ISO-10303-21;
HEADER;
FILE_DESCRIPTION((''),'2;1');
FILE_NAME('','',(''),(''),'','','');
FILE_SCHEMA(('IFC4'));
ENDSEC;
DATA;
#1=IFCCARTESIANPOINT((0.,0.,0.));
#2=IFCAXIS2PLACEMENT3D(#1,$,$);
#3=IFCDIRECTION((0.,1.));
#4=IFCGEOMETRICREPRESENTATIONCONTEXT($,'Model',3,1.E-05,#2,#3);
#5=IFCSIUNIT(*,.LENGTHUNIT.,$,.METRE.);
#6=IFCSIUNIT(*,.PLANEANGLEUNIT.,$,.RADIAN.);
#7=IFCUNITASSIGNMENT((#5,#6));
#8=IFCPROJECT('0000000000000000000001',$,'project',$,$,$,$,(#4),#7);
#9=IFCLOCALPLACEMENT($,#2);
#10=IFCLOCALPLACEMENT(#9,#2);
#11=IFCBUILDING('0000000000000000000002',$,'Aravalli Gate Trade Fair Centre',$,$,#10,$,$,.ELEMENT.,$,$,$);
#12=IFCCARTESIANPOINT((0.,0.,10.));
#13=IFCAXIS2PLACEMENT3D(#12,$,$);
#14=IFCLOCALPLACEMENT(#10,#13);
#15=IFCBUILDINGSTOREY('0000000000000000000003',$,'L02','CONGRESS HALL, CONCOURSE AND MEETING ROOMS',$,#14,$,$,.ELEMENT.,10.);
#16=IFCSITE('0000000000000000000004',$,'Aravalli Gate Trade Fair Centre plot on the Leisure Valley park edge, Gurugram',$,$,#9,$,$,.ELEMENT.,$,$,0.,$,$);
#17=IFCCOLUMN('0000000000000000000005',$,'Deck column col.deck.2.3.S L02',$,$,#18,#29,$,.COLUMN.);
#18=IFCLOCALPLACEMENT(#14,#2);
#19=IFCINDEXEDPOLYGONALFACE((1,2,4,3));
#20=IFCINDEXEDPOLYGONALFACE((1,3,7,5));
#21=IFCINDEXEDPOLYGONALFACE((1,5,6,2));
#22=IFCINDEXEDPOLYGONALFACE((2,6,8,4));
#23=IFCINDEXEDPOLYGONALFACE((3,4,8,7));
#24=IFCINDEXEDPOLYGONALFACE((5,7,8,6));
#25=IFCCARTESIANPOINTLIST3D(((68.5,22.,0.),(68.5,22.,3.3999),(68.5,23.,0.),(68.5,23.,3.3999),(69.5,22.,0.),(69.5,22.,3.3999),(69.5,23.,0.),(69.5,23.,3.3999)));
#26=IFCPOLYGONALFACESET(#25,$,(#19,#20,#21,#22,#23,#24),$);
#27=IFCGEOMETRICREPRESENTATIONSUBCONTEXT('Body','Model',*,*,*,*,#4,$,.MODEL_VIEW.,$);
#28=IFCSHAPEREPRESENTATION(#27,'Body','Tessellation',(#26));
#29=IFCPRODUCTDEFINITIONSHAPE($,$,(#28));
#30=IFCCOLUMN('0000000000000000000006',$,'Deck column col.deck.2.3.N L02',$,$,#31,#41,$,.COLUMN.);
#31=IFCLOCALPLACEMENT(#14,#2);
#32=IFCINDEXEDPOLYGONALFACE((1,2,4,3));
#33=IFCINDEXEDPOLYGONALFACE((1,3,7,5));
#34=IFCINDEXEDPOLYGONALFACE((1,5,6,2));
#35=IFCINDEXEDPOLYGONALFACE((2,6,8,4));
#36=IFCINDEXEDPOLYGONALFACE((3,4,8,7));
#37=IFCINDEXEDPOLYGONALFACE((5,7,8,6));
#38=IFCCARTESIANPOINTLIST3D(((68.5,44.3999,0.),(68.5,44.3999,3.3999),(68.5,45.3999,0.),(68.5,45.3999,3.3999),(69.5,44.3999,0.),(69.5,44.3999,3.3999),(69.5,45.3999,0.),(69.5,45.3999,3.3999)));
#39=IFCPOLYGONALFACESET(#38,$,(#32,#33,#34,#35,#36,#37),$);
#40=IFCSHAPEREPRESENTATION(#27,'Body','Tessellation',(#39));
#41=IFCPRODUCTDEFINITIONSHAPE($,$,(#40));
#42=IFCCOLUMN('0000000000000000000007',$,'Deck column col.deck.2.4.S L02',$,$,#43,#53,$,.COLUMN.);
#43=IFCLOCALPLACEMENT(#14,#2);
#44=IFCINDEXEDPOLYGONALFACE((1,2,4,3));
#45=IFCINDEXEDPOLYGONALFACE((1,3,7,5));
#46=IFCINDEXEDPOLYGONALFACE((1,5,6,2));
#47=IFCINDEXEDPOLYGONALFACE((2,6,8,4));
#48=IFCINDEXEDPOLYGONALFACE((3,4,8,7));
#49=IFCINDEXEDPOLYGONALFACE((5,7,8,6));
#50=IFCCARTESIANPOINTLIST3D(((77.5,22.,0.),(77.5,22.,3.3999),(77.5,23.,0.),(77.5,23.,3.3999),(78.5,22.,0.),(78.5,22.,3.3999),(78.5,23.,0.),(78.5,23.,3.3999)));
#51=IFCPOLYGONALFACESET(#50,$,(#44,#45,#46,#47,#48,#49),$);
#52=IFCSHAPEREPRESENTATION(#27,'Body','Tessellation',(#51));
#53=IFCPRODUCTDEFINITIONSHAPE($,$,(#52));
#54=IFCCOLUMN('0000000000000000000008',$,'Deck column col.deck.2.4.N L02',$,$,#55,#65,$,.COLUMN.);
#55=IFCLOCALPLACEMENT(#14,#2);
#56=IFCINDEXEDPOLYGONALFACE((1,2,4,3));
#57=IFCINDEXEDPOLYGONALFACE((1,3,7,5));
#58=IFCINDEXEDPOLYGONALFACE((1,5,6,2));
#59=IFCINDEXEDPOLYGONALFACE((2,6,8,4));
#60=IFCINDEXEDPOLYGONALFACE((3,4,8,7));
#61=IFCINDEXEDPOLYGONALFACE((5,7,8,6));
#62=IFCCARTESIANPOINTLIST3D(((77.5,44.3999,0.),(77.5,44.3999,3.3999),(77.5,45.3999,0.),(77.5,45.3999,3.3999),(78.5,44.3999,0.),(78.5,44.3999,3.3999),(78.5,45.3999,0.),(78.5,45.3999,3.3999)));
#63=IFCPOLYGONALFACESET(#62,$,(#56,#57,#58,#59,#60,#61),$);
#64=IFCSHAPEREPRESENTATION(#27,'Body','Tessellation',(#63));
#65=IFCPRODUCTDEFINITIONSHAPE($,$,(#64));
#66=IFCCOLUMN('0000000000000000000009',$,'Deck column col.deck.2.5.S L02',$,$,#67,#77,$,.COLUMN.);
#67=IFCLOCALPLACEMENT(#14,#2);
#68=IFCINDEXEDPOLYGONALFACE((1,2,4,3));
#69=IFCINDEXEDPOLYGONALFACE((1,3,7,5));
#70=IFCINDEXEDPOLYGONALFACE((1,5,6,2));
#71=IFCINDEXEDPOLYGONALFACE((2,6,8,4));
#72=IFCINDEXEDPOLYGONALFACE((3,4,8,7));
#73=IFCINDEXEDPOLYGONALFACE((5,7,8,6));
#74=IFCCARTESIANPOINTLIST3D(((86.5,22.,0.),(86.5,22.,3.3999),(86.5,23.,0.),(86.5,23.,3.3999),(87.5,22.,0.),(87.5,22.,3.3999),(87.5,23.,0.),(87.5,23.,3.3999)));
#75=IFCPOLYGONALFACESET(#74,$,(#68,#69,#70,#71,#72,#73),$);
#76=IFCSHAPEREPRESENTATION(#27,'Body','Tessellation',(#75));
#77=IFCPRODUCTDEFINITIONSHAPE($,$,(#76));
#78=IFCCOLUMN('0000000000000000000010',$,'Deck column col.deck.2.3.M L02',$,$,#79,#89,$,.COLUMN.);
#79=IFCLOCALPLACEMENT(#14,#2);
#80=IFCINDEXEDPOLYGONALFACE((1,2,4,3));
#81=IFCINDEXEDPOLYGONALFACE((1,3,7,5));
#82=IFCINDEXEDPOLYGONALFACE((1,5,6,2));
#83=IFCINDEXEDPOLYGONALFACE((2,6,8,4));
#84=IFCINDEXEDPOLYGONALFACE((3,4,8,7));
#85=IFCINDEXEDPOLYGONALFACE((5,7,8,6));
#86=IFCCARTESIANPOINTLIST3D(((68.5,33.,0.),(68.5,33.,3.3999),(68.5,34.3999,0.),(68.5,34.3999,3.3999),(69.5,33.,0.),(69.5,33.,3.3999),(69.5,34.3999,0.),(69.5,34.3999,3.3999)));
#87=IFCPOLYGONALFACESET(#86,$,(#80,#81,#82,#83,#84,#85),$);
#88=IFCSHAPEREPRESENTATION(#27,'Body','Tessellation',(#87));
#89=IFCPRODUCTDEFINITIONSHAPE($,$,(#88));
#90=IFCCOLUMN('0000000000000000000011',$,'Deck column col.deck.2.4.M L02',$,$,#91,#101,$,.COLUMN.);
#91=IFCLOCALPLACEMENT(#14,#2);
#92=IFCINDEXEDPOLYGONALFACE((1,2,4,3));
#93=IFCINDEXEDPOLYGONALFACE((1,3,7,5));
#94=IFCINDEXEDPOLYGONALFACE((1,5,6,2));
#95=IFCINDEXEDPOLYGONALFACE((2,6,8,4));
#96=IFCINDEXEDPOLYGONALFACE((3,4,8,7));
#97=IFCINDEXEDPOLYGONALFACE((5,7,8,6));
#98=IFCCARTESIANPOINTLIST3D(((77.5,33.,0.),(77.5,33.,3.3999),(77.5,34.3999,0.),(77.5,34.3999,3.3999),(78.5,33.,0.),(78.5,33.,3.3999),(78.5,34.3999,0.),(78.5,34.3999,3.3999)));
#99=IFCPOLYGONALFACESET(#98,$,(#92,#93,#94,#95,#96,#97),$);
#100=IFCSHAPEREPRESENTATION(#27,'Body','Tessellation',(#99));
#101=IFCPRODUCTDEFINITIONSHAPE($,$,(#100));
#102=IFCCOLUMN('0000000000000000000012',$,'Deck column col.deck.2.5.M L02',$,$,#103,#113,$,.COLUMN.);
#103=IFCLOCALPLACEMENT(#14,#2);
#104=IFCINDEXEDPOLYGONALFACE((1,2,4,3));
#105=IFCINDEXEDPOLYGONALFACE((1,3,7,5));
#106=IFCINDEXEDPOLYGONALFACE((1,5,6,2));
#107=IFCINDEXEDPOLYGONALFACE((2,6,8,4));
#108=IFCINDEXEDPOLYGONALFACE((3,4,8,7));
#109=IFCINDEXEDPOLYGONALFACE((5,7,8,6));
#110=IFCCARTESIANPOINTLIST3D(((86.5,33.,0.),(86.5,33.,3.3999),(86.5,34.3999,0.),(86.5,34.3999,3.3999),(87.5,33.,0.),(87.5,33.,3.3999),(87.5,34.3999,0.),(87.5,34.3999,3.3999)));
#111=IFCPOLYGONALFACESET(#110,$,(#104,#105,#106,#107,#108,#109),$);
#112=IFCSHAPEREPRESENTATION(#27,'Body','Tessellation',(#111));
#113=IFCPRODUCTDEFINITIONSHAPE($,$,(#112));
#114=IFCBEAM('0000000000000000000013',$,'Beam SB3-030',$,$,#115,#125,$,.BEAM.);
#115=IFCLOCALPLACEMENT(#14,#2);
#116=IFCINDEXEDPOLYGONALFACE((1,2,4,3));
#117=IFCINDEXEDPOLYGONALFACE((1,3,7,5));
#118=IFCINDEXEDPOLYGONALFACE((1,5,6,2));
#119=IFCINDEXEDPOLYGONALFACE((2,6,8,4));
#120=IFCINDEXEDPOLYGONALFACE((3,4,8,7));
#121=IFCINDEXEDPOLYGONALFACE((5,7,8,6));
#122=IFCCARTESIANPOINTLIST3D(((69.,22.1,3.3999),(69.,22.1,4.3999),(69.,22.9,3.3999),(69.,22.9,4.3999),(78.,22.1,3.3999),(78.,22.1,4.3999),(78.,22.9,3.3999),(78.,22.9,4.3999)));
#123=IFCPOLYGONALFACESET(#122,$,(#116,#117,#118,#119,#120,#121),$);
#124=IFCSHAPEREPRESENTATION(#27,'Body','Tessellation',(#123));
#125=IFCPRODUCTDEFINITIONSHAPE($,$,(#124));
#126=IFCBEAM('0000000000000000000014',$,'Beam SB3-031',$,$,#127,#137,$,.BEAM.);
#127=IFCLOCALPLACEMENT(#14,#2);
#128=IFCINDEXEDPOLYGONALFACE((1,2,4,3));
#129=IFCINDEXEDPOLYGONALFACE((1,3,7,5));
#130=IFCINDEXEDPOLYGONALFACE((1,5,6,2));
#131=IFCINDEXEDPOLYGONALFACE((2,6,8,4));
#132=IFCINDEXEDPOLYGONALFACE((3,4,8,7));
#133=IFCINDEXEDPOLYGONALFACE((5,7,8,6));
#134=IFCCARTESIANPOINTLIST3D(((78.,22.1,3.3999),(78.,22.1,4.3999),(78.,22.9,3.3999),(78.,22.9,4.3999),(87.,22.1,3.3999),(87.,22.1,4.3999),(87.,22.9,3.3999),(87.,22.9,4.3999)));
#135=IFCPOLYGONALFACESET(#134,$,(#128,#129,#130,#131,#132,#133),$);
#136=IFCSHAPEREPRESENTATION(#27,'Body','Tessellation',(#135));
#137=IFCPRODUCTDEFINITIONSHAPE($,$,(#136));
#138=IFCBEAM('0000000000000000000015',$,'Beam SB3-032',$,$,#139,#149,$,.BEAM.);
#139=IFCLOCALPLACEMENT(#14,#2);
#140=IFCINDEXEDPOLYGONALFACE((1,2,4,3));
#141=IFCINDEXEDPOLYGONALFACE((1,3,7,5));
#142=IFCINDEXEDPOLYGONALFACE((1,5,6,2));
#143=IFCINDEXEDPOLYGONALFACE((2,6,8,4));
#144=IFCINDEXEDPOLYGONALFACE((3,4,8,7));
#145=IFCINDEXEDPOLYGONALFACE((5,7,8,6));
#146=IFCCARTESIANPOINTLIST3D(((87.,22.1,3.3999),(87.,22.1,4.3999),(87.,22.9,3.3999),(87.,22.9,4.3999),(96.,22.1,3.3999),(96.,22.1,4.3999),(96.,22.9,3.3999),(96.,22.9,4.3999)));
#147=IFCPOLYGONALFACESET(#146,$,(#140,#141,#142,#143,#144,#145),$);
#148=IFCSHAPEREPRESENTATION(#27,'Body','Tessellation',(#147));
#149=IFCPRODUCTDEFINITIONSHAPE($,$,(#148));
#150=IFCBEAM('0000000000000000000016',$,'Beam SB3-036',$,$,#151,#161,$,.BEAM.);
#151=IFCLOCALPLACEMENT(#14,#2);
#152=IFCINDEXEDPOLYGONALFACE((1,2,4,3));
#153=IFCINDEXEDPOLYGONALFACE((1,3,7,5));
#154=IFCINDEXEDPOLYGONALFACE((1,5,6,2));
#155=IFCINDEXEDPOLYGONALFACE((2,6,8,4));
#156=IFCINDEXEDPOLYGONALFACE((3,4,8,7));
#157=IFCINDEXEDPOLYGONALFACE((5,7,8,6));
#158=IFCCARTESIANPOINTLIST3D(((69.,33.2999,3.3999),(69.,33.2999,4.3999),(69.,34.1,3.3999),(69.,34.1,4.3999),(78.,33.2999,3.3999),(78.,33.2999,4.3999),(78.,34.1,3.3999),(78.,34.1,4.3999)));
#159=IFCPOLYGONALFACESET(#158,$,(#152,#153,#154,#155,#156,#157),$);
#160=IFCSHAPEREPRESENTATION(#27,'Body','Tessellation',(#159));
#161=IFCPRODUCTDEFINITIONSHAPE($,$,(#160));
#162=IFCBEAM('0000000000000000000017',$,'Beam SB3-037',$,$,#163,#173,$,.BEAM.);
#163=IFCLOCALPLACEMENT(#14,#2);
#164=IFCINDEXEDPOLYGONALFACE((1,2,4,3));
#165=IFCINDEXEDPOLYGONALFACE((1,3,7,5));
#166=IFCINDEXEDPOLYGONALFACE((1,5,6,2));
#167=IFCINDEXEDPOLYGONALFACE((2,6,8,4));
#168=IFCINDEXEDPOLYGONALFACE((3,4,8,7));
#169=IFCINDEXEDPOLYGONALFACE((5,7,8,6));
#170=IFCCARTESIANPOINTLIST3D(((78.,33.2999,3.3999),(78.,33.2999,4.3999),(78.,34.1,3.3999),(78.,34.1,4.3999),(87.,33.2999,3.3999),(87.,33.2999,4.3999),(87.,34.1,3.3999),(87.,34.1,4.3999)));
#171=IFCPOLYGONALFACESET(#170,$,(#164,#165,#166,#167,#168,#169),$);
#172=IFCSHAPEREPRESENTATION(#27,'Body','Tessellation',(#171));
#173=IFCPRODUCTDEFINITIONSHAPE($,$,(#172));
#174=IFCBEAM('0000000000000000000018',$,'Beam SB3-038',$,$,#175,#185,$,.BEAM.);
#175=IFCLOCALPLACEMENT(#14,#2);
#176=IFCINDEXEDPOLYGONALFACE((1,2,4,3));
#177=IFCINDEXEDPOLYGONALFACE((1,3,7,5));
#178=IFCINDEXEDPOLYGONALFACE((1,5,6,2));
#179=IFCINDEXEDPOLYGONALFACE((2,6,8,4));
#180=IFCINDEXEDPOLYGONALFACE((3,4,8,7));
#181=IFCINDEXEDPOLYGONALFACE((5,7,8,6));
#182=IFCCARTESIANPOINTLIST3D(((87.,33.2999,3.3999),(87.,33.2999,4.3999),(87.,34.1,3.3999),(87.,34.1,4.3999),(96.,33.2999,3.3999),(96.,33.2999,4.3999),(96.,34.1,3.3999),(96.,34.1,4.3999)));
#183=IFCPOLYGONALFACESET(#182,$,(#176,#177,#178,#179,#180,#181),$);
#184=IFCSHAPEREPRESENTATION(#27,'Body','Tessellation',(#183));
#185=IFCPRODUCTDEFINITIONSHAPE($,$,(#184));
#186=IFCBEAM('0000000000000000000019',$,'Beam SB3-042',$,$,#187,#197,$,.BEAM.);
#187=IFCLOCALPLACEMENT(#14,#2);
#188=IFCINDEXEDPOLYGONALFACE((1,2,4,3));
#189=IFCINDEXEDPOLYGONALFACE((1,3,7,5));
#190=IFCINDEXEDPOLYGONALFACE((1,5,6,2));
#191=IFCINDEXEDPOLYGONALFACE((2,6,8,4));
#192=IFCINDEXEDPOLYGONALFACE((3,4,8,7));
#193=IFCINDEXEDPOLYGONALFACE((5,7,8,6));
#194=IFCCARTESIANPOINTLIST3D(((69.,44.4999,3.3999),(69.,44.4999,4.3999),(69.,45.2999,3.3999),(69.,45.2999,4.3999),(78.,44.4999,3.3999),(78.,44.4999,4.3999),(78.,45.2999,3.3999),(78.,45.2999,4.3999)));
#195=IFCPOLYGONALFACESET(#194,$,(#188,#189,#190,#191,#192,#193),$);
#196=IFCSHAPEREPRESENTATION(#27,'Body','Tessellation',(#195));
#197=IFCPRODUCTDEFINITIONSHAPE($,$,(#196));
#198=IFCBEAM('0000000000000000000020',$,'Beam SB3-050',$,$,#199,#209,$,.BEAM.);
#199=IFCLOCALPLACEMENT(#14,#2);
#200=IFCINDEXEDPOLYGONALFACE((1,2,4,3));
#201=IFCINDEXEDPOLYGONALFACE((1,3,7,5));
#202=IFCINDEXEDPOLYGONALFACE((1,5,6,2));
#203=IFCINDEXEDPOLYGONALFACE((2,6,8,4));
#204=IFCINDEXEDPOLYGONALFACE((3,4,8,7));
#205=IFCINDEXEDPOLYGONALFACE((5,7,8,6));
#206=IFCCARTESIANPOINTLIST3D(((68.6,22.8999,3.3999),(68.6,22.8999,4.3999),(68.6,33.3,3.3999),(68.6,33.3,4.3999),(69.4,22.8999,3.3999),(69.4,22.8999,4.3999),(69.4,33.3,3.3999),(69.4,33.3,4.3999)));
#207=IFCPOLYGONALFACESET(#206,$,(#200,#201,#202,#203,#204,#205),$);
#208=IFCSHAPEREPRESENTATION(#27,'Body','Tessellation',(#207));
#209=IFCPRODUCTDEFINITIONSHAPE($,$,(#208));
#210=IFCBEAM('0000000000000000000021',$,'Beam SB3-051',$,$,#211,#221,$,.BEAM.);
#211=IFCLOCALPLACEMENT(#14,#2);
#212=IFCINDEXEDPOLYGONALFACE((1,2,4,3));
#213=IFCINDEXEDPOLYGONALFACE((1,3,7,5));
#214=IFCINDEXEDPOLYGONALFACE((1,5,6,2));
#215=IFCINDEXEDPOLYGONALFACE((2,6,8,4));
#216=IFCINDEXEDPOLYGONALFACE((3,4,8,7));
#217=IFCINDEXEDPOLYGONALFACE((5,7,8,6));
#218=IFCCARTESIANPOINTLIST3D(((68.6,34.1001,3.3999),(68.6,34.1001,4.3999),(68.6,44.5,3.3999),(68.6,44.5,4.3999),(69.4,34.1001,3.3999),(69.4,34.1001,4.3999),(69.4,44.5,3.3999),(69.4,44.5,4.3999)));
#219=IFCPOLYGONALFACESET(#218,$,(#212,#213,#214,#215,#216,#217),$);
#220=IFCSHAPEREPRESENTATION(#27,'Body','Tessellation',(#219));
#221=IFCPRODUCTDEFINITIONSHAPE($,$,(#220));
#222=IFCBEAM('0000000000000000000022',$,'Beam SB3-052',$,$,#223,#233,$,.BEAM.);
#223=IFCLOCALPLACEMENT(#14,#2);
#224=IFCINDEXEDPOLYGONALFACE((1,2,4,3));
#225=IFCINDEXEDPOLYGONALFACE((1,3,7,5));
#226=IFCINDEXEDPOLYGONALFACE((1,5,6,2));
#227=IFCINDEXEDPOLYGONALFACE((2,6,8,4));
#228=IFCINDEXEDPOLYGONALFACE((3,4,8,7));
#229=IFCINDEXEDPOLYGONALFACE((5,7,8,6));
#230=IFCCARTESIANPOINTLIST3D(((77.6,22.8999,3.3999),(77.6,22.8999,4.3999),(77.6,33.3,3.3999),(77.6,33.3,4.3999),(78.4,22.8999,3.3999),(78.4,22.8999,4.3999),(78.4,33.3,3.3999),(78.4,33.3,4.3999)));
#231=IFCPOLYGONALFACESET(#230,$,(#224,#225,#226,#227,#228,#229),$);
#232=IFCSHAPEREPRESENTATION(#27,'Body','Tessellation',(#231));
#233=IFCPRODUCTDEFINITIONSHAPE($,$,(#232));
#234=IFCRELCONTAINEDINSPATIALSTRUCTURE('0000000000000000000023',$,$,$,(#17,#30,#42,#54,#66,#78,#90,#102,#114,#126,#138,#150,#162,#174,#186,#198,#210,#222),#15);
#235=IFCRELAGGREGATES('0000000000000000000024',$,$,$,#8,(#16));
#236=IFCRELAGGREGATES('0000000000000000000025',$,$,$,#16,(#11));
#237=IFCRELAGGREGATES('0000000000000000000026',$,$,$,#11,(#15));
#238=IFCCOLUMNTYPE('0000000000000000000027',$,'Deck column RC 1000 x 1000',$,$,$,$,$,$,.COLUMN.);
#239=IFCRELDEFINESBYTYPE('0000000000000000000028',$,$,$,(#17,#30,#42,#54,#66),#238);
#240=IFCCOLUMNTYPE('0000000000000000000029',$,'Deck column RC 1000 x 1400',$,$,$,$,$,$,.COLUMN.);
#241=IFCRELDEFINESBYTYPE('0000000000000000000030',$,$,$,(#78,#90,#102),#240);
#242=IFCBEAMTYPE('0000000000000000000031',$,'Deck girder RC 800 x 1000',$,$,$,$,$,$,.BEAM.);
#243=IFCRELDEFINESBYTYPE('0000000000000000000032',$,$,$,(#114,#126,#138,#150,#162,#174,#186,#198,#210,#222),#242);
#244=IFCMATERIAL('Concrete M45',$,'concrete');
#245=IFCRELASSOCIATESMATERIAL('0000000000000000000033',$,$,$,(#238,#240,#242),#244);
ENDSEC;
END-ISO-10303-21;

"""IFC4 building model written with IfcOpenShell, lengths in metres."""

from ifc_helpers import new_model, si_unit, direction, frame, origin, origin_2d, place, context, subcontext, project, spatial, rectangle, extrude, material, material_profile, profile_set, type_object, element, save


model = new_model("IFC4")

# Units and contexts
model_context = context("Model", 3, precision=1e-05, world=origin(), true_north=direction((0.0, 1.0)))
body_context = subcontext(model_context, "Body", "Model", "MODEL_VIEW")
ifc_project = project(units=[si_unit("LENGTHUNIT", "METRE"), si_unit("PLANEANGLEUNIT", "RADIAN")], contexts=[model_context])

# Site, building, storey
site_placement = place(None, origin())
site = spatial("IfcSite", under=ifc_project, at=site_placement, Name="Aravalli Gate Trade Fair Centre plot on the Leisure Valley park edge, Gurugram", CompositionType="ELEMENT", RefElevation=0.0)
building_placement = place(site_placement, origin())
building = spatial("IfcBuilding", under=site, at=building_placement, Name="Aravalli Gate Trade Fair Centre", CompositionType="ELEMENT")
storey_placement = place(building_placement, frame((0.0, 0.0, 10.0)))
storey = spatial("IfcBuildingStorey", under=building, at=storey_placement, Name="L02", Description="CONGRESS HALL, CONCOURSE AND MEETING ROOMS", CompositionType="ELEMENT", Elevation=10.0)

# Columns
ifc_material = material(Name="Concrete M45", Category="concrete")
ifc_material_profile_1 = material_profile(ifc_material, rectangle(XDim=1.0, YDim=1.0, at=origin_2d()), Name="Deck column RC 1000 x 1000")
ifc_profile_set_1 = profile_set([ifc_material_profile_1], Name="Concrete M45")
column_type_1 = type_object("IfcColumnType", Name="Deck column RC 1000 x 1000", PredefinedType="COLUMN", material=ifc_profile_set_1)
for number, where, z_axis, x_axis, name in (
    (1, (69.0, 22.5, 0.0), (0.0, 0.0, 1.0), (1.0, 0.0, 0.0), "Deck column col.deck.2.3.S L02"),
    (2, (69.0, 44.8999, 0.0), (0.0, 0.0, 1.0), (1.0, 0.0, 0.0), "Deck column col.deck.2.3.N L02"),
    (3, (78.0, 22.5, 0.0), (0.0, 0.0, 1.0), (1.0, 0.0, 0.0), "Deck column col.deck.2.4.S L02"),
    (4, (78.0, 44.8999, 0.0), (0.0, 0.0, 1.0), (1.0, 0.0, 0.0), "Deck column col.deck.2.4.N L02"),
    (5, (87.0, 22.5, 0.0), (0.0, 0.0, 1.0), (1.0, 0.0, 0.0), "Deck column col.deck.2.5.S L02"),
):
    element("IfcColumn", number, at=place(storey_placement, frame(where, z_axis=z_axis, x_axis=x_axis)), inside=storey, type_object=column_type_1, Name=name, PredefinedType="COLUMN", context=body_context, shape_type="SweptSolid", body=[
        extrude(rectangle(XDim=1.0, YDim=1.0, at=origin_2d()), origin(), (0.0, 0.0, 1.0), 3.3999),
    ])
ifc_material_profile_2 = material_profile(ifc_material, rectangle(XDim=1.0, YDim=1.3999, at=origin_2d()), Name="Deck column RC 1000 x 1400")
ifc_profile_set_2 = profile_set([ifc_material_profile_2], Name="Concrete M45")
column_type_2 = type_object("IfcColumnType", Name="Deck column RC 1000 x 1400", PredefinedType="COLUMN", material=ifc_profile_set_2)
for number, where, z_axis, x_axis, name in (
    (6, (69.0, 33.7, 0.0), (0.0, 0.0, 1.0), (1.0, 0.0, 0.0), "Deck column col.deck.2.3.M L02"),
    (7, (78.0, 33.7, 0.0), (0.0, 0.0, 1.0), (1.0, 0.0, 0.0), "Deck column col.deck.2.4.M L02"),
    (8, (87.0, 33.7, 0.0), (0.0, 0.0, 1.0), (1.0, 0.0, 0.0), "Deck column col.deck.2.5.M L02"),
):
    element("IfcColumn", number, at=place(storey_placement, frame(where, z_axis=z_axis, x_axis=x_axis)), inside=storey, type_object=column_type_2, Name=name, PredefinedType="COLUMN", context=body_context, shape_type="SweptSolid", body=[
        extrude(rectangle(XDim=1.0, YDim=1.3999, at=origin_2d()), origin(), (0.0, 0.0, 1.0), 3.3999),
    ])

# Beams
ifc_material_profile_3 = material_profile(ifc_material, rectangle(XDim=0.8, YDim=1.0, at=origin_2d()), Name="Deck girder RC 800 x 1000")
ifc_profile_set_3 = profile_set([ifc_material_profile_3], Name="Concrete M45")
beam_type_1 = type_object("IfcBeamType", Name="Deck girder RC 800 x 1000", PredefinedType="BEAM", material=ifc_profile_set_3)
for number, where, z_axis, x_axis, name in (
    (9, (69.0, 22.5, 3.8999), (1.0, 0.0, 0.0), (0.0, 1.0, 0.0), "Beam SB3-030"),
    (10, (78.0, 22.5, 3.8999), (1.0, 0.0, 0.0), (0.0, 1.0, 0.0), "Beam SB3-031"),
    (11, (87.0, 22.5, 3.8999), (1.0, 0.0, 0.0), (0.0, 1.0, 0.0), "Beam SB3-032"),
    (12, (69.0, 33.7, 3.8999), (1.0, 0.0, 0.0), (0.0, 1.0, 0.0), "Beam SB3-036"),
    (13, (78.0, 33.7, 3.8999), (1.0, 0.0, 0.0), (0.0, 1.0, 0.0), "Beam SB3-037"),
    (14, (87.0, 33.7, 3.8999), (1.0, 0.0, 0.0), (0.0, 1.0, 0.0), "Beam SB3-038"),
    (15, (69.0, 44.8999, 3.8999), (1.0, 0.0, 0.0), (0.0, 1.0, 0.0), "Beam SB3-042"),
):
    element("IfcBeam", number, at=place(storey_placement, frame(where, z_axis=z_axis, x_axis=x_axis)), inside=storey, type_object=beam_type_1, Name=name, PredefinedType="BEAM", context=body_context, shape_type="SweptSolid", body=[
        extrude(rectangle(XDim=0.8, YDim=1.0, at=origin_2d()), origin(), (0.0, 0.0, 1.0), 9.0),
    ])
beam_1_placement = place(storey_placement, frame((69.0, 22.8999, 3.8999), z_axis=(0.0, 1.0, 0.0), x_axis=(-1.0, 0.0, 0.0)))
element("IfcBeam", 16, at=beam_1_placement, inside=storey, type_object=beam_type_1, Name="Beam SB3-050", PredefinedType="BEAM", context=body_context, shape_type="SweptSolid", body=[
    extrude(rectangle(XDim=0.8, YDim=1.0, at=origin_2d()), origin(), (0.0, 0.0, 1.0), 10.4001),
])
beam_2_placement = place(storey_placement, frame((69.0, 34.1001, 3.8999), z_axis=(0.0, 1.0, 0.0), x_axis=(-1.0, 0.0, 0.0)))
element("IfcBeam", 17, at=beam_2_placement, inside=storey, type_object=beam_type_1, Name="Beam SB3-051", PredefinedType="BEAM", context=body_context, shape_type="SweptSolid", body=[
    extrude(rectangle(XDim=0.8, YDim=1.0, at=origin_2d()), origin(), (0.0, 0.0, 1.0), 10.3999),
])
beam_3_placement = place(storey_placement, frame((78.0, 22.8999, 3.8999), z_axis=(0.0, 1.0, 0.0), x_axis=(-1.0, 0.0, 0.0)))
element("IfcBeam", 18, at=beam_3_placement, inside=storey, type_object=beam_type_1, Name="Beam SB3-052", PredefinedType="BEAM", context=body_context, shape_type="SweptSolid", body=[
    extrude(rectangle(XDim=0.8, YDim=1.0, at=origin_2d()), origin(), (0.0, 0.0, 1.0), 10.4001),
])

save(model, "model.ifc")
